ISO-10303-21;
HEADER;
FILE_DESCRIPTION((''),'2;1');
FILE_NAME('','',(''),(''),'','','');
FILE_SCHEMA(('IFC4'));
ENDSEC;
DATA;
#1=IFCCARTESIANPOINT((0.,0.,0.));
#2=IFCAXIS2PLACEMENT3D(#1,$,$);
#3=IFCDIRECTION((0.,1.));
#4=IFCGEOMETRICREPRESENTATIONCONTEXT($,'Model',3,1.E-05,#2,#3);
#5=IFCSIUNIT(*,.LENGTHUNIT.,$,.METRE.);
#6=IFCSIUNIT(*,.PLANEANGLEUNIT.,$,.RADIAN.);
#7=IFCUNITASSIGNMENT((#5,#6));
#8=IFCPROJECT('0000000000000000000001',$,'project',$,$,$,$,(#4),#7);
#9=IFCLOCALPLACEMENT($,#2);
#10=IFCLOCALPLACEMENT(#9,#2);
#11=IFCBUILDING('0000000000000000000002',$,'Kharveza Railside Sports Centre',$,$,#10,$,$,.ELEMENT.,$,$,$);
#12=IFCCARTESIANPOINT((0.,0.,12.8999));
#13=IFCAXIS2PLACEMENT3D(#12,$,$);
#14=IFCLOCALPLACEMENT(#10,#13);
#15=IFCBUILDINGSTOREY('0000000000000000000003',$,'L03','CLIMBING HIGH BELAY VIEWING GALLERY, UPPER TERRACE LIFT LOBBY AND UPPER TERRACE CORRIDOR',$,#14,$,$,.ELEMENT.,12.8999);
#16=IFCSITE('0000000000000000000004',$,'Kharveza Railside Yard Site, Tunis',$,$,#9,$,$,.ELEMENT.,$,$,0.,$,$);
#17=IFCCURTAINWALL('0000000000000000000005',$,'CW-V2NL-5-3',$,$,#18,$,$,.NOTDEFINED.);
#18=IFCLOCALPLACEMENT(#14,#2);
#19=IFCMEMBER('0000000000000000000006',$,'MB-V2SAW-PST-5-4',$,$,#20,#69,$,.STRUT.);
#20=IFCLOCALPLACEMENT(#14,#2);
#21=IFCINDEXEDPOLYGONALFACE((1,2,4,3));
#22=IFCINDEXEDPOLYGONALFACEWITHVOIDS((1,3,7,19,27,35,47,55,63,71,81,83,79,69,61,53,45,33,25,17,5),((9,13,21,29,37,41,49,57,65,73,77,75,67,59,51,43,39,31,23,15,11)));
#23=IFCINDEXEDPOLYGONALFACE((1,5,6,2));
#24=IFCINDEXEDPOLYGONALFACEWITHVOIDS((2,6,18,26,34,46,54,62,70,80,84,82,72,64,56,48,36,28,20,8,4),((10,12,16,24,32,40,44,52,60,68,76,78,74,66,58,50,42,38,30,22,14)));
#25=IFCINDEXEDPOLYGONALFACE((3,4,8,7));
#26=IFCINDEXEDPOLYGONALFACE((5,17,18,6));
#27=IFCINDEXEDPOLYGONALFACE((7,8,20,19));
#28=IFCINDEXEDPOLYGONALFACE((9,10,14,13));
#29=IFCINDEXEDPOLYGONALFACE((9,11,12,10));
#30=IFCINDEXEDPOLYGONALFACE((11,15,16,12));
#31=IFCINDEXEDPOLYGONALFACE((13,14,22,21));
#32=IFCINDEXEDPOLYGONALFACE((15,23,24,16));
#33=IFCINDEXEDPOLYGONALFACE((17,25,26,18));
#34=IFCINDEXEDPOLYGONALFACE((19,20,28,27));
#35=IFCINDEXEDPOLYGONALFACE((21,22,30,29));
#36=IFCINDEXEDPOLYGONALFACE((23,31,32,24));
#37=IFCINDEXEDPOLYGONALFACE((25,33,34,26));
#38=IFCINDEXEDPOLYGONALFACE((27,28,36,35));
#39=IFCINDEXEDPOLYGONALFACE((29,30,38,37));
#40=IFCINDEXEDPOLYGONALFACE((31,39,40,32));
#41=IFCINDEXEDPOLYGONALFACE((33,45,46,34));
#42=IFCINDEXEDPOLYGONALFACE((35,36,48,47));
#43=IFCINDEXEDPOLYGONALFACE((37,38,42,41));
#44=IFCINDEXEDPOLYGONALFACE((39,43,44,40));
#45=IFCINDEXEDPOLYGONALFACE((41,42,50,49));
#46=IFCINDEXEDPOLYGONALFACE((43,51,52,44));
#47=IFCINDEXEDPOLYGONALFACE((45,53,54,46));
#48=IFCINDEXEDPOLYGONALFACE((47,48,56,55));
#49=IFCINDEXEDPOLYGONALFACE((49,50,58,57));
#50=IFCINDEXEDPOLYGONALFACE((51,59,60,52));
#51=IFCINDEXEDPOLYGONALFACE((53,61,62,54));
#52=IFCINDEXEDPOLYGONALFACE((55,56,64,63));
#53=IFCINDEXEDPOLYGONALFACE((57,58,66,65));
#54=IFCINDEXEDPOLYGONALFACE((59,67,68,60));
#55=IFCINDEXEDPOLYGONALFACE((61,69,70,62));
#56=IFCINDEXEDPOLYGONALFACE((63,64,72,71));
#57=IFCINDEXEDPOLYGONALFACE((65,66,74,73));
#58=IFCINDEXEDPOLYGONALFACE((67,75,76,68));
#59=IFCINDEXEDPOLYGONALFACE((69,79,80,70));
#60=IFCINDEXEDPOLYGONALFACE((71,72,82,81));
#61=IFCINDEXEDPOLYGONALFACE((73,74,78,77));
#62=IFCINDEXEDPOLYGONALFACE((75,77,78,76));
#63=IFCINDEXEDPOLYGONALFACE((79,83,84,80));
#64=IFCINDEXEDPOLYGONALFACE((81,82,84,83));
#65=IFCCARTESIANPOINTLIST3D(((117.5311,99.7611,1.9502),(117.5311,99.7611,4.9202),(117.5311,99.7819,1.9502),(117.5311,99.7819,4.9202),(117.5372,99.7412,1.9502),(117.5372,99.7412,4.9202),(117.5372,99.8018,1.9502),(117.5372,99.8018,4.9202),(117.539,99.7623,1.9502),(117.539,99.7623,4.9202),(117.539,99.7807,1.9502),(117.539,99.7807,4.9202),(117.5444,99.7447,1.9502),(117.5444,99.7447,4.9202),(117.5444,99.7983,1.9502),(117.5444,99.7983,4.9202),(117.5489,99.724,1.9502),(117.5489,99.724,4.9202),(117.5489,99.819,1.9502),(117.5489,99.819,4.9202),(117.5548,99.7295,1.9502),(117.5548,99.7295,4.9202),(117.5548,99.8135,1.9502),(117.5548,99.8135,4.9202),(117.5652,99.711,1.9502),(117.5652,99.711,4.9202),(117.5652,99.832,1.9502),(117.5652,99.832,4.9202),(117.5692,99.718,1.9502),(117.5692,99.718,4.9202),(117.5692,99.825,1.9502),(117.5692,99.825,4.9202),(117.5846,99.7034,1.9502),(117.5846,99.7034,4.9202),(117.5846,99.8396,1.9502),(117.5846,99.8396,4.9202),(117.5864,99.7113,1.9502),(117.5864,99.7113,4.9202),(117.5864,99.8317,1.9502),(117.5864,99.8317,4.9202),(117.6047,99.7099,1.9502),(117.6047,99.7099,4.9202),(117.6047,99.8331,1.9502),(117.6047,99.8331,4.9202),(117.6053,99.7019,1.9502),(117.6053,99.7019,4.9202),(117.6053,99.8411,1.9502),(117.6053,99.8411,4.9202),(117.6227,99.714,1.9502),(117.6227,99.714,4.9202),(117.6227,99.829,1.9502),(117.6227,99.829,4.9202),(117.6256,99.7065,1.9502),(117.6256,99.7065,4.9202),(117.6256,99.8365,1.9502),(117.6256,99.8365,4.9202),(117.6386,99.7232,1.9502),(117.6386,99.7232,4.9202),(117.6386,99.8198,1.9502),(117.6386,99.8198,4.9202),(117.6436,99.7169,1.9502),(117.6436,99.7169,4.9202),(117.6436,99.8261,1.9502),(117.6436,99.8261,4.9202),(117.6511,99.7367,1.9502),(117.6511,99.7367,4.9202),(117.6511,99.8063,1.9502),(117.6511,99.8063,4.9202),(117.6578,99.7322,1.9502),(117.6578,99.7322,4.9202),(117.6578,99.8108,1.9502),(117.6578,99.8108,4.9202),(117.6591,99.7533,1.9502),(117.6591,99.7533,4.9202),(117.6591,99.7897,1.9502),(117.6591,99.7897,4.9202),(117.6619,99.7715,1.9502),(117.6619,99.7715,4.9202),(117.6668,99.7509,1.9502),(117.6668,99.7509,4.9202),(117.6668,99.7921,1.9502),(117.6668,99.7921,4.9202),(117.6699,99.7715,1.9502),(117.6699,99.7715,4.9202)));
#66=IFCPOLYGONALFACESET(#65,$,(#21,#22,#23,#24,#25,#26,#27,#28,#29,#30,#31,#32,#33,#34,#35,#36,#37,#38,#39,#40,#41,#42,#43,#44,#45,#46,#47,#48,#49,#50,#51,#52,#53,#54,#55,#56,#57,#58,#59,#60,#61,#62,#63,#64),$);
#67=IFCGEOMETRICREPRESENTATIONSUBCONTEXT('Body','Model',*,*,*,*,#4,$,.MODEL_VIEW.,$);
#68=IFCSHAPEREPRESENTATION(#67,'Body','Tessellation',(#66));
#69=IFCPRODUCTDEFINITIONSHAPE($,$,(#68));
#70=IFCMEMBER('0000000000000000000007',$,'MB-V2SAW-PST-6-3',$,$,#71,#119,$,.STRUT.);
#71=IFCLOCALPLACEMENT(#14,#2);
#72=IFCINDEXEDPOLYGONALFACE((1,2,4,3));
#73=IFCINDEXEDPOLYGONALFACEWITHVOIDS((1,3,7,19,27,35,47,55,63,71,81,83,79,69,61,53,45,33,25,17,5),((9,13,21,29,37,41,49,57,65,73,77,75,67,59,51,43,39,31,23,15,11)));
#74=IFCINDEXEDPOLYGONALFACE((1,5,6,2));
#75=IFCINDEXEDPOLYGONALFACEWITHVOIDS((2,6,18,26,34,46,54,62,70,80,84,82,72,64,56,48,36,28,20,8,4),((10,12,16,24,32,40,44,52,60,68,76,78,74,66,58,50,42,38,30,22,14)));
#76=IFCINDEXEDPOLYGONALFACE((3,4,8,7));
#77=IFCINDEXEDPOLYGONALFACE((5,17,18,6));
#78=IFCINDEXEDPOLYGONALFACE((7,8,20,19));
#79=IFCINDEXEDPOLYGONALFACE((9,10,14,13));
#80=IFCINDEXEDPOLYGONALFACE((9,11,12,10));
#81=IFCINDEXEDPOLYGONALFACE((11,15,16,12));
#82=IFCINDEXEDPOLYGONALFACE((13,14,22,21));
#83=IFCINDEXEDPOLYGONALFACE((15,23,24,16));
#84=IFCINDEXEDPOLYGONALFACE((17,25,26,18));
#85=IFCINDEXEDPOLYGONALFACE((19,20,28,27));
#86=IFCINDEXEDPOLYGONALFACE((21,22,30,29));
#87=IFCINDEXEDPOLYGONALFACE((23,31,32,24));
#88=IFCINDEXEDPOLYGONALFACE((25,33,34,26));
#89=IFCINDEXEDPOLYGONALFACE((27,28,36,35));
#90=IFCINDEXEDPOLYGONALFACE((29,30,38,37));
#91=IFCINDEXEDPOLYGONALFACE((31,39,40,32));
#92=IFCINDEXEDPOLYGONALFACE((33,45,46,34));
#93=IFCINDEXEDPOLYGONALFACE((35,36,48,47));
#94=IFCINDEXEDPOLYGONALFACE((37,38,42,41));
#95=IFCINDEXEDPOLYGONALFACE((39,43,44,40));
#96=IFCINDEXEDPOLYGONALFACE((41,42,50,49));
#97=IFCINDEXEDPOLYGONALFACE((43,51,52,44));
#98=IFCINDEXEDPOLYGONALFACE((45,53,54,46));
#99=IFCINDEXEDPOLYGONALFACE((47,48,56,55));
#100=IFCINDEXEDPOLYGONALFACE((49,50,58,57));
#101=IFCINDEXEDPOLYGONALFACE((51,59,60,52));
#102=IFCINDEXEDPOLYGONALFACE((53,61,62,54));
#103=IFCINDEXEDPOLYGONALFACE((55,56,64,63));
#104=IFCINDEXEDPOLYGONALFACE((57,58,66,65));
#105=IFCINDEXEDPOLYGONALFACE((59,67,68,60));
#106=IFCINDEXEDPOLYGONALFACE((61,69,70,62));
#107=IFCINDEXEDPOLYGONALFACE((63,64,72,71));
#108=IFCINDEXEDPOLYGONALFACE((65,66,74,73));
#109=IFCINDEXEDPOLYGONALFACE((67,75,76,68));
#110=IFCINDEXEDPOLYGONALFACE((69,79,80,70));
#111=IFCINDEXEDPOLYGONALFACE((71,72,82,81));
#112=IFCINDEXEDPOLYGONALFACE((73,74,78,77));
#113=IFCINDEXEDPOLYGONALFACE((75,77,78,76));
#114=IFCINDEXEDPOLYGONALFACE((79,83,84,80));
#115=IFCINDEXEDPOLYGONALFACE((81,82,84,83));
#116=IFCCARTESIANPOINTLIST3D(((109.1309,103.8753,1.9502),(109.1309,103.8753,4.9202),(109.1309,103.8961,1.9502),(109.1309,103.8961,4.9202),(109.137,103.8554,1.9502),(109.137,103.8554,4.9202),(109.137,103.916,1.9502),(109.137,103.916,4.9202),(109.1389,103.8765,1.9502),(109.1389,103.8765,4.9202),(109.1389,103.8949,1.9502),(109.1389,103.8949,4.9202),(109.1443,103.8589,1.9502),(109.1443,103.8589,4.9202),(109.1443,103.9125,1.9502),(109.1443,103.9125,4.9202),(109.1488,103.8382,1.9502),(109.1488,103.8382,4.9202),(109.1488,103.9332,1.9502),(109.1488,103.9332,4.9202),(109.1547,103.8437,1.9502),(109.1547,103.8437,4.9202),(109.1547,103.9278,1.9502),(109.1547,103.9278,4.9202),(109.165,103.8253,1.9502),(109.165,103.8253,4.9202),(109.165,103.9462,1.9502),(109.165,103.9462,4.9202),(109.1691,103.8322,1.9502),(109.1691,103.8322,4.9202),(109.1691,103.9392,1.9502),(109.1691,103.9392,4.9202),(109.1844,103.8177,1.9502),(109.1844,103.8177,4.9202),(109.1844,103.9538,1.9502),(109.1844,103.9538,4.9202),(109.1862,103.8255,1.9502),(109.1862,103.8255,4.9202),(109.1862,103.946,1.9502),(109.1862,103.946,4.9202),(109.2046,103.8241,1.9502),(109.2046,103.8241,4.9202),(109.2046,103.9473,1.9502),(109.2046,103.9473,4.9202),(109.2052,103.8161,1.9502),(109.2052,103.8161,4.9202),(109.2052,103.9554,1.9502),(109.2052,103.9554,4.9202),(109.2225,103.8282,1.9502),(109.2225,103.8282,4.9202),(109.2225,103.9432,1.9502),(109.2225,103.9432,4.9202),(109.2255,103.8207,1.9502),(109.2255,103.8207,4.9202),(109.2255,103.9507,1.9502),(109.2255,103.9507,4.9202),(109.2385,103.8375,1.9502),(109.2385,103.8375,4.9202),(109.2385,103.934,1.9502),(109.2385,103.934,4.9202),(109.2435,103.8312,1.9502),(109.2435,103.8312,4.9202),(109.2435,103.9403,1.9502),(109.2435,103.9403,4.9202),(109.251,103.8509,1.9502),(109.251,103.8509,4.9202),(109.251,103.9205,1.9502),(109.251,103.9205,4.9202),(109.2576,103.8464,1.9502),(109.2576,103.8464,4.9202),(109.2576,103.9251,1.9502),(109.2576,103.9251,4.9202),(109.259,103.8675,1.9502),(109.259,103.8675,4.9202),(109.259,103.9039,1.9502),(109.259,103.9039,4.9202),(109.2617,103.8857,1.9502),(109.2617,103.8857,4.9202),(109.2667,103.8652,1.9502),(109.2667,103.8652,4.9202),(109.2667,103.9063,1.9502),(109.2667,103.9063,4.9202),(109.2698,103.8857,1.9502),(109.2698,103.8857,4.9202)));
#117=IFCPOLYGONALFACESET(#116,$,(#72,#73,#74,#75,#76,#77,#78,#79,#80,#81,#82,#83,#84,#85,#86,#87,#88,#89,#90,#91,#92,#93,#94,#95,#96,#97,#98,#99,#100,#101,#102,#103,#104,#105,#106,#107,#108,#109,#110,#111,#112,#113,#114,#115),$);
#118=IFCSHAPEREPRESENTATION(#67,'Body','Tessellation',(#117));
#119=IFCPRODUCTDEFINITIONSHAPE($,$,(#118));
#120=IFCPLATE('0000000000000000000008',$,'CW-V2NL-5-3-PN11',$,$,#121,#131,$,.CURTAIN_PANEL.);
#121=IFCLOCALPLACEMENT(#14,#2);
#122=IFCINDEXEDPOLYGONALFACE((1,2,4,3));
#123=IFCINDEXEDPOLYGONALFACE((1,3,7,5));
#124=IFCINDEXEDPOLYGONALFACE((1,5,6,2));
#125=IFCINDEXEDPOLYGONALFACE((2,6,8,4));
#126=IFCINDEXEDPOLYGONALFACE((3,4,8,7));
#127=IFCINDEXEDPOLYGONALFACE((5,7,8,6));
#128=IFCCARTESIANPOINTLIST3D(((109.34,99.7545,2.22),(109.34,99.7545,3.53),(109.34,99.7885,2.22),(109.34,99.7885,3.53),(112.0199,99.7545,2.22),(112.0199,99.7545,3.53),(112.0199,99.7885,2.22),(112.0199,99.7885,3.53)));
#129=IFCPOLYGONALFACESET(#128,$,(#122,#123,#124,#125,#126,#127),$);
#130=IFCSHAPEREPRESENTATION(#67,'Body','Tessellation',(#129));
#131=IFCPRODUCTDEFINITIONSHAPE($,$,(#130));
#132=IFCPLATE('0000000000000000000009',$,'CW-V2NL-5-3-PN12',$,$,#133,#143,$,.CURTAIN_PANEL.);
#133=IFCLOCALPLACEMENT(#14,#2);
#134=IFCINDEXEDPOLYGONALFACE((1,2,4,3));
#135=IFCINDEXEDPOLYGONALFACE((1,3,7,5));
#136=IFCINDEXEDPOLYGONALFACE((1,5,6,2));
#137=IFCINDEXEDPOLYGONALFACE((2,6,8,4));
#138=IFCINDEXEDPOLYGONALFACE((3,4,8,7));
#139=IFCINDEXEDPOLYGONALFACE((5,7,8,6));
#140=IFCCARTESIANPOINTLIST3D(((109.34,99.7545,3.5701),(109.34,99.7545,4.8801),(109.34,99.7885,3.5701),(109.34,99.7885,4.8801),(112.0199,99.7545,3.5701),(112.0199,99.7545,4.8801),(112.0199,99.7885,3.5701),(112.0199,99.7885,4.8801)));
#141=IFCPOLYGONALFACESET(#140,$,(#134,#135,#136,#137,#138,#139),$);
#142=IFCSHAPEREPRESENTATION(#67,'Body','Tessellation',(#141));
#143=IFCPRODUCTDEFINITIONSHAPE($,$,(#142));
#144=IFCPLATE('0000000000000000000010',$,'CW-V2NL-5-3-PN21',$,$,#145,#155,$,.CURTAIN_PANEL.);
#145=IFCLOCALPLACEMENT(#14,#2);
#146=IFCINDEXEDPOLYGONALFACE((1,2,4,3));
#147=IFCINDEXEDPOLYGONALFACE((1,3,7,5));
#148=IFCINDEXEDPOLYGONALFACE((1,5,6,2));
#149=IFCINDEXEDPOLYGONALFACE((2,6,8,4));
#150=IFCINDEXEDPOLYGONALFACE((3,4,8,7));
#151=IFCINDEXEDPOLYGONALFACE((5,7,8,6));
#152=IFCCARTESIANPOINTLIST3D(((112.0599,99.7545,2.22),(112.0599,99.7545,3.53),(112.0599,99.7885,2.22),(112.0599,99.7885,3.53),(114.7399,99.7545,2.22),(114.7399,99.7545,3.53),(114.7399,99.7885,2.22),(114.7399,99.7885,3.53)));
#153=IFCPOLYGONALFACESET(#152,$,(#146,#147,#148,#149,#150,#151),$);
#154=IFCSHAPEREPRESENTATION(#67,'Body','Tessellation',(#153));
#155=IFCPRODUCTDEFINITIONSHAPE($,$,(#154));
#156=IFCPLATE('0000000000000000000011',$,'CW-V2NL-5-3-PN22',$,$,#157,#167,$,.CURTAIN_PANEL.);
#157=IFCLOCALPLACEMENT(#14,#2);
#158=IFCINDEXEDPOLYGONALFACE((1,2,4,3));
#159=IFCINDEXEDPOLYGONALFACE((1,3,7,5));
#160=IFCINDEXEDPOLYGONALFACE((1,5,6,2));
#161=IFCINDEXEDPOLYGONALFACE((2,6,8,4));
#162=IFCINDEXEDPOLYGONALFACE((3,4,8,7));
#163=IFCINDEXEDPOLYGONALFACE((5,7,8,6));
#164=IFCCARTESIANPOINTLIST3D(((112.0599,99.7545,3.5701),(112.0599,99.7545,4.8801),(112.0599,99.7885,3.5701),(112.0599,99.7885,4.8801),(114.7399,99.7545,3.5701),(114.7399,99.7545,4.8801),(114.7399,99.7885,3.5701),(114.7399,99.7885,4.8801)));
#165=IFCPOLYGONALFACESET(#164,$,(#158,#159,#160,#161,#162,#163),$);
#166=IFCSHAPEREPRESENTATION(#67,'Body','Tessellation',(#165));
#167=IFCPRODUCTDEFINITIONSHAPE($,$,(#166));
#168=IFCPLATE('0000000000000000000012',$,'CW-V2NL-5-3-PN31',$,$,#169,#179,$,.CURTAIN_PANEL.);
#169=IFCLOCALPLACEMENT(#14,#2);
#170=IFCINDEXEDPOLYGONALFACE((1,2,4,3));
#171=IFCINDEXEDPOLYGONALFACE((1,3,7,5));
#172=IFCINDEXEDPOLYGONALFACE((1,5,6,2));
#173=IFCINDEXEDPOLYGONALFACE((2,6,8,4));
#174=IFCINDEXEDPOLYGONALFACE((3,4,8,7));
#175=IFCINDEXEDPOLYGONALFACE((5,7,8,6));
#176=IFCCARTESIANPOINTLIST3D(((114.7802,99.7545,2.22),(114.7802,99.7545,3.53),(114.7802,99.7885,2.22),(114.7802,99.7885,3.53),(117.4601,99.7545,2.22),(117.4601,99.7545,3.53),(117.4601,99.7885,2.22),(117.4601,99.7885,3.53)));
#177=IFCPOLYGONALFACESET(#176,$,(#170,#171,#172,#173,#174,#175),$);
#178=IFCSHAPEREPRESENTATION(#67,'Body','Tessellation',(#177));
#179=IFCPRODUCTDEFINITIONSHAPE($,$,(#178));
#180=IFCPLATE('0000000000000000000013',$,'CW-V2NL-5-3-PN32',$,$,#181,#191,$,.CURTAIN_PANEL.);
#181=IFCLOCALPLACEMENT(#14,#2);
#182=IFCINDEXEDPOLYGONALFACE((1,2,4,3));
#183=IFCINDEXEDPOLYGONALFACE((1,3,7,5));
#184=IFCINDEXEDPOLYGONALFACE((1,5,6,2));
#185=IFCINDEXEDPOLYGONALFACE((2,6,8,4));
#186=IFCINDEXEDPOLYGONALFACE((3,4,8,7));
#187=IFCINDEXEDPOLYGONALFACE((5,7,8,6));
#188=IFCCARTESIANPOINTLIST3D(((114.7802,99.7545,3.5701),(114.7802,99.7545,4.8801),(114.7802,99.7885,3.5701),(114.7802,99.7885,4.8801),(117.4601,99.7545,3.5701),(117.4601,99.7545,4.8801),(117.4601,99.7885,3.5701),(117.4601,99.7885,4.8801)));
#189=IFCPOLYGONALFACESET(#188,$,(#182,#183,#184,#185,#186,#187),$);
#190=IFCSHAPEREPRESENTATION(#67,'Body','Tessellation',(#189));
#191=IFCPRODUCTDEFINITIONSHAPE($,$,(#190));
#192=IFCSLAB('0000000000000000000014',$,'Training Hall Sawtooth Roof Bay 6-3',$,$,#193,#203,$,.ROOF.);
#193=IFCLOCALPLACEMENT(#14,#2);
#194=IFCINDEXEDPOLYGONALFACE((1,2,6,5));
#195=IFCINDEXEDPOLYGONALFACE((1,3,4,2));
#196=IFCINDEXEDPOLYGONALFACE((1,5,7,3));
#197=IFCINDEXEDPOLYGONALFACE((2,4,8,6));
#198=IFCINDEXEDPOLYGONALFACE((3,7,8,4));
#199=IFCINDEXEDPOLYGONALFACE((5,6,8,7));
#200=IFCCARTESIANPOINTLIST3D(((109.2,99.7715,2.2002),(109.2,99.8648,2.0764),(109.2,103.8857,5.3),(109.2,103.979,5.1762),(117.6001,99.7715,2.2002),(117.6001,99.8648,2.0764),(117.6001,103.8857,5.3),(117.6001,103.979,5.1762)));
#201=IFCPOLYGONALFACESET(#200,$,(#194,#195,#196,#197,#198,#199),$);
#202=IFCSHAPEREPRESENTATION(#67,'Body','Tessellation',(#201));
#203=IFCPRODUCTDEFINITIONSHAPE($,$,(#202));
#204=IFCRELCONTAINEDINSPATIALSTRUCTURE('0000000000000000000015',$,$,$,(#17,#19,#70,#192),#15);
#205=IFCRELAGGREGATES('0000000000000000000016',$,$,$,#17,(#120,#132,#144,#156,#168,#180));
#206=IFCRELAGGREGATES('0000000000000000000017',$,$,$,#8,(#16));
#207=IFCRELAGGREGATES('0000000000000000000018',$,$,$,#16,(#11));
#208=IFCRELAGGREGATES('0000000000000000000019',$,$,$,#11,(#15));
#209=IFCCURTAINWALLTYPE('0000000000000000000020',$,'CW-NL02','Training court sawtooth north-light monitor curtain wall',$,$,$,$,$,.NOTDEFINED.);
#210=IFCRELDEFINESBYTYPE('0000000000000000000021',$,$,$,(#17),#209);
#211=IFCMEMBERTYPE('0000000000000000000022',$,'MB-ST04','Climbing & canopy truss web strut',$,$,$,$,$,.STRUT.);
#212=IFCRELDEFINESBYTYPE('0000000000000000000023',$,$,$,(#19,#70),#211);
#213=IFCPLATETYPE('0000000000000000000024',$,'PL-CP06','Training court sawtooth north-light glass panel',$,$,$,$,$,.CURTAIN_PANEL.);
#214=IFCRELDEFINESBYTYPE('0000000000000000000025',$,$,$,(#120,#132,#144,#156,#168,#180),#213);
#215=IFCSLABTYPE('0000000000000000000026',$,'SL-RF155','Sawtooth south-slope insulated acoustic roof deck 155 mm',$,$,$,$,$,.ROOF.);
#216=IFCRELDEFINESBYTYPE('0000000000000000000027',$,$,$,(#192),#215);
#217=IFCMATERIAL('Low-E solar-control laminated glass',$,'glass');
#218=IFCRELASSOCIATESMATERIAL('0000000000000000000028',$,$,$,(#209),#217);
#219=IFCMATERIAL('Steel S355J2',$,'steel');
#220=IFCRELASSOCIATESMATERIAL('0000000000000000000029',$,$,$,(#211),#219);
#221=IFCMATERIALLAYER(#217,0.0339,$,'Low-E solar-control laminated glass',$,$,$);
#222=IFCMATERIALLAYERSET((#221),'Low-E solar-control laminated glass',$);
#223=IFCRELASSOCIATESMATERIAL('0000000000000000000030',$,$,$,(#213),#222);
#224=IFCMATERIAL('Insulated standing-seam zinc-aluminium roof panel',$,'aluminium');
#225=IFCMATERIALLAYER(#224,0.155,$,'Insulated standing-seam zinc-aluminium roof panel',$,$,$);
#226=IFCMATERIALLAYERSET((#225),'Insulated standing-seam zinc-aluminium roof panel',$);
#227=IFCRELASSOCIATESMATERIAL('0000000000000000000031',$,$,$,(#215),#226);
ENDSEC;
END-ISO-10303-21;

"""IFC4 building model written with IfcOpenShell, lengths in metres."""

from ifc_helpers import new_model, si_unit, direction, frame, origin, origin_2d, place, context, subcontext, project, spatial, polyline, rectangle, hollow_circle, outline, extrude, material, layer, layer_set, material_profile, profile_set, type_object, element, aggregate, save


model = new_model("IFC4")

# Units and contexts
model_context = context("Model", 3, precision=1e-05, world=origin(), true_north=direction((0.0, 1.0)))
body_context = subcontext(model_context, "Body", "Model", "MODEL_VIEW")
ifc_project = project(units=[si_unit("LENGTHUNIT", "METRE"), si_unit("PLANEANGLEUNIT", "RADIAN")], contexts=[model_context])

# Site, building, storey
site_placement = place(None, origin())
site = spatial("IfcSite", under=ifc_project, at=site_placement, Name="Kharveza Railside Yard Site, Tunis", CompositionType="ELEMENT", RefElevation=0.0)
building_placement = place(site_placement, origin())
building = spatial("IfcBuilding", under=site, at=building_placement, Name="Kharveza Railside Sports Centre", CompositionType="ELEMENT")
storey_placement = place(building_placement, frame((0.0, 0.0, 12.8999)))
storey = spatial("IfcBuildingStorey", under=building, at=storey_placement, Name="L03", Description="CLIMBING HIGH BELAY VIEWING GALLERY, UPPER TERRACE LIFT LOBBY AND UPPER TERRACE CORRIDOR", CompositionType="ELEMENT", Elevation=12.8999)

# Shared definitions
ifc_material_1 = material(Name="Steel S355J2", Category="steel")

# Curtain wall
ifc_material_2 = material(Name="Low-E solar-control laminated glass", Category="glass")
curtain_wall_type = type_object("IfcCurtainWallType", Name="CW-NL02", Description="Training court sawtooth north-light monitor curtain wall", PredefinedType="NOTDEFINED", material=ifc_material_2)
curtain_wall_placement = place(storey_placement, origin())
curtain_wall = element("IfcCurtainWall", 1, at=curtain_wall_placement, inside=storey, type_object=curtain_wall_type, Name="CW-V2NL-5-3", PredefinedType="NOTDEFINED")

# Members
ifc_material_profile_1 = material_profile(ifc_material_1, hollow_circle(Radius=0.0698, WallThickness=0.0081, at=origin_2d()), Name="CHS 139.7x8.0")
ifc_profile_set_1 = profile_set([ifc_material_profile_1], Name="Steel S355J2")
member_type_1 = type_object("IfcMemberType", Name="MB-ST04", Description="Climbing & canopy truss web strut", PredefinedType="STRUT", material=ifc_profile_set_1)
for number, where, z_axis, x_axis, name in (
    (2, (117.6001, 99.7715, 1.9502), (0.0, 0.0, 1.0), (1.0, 0.0, 0.0), "MB-V2SAW-PST-5-4"),
    (3, (109.2, 103.8857, 1.9502), (0.0, 0.0, 1.0), (1.0, 0.0, 0.0), "MB-V2SAW-PST-6-3"),
):
    element("IfcMember", number, at=place(storey_placement, frame(where, z_axis=z_axis, x_axis=x_axis)), inside=storey, type_object=member_type_1, Name=name, PredefinedType="STRUT", context=body_context, shape_type="SweptSolid", body=[
        extrude(hollow_circle(Radius=0.0698, WallThickness=0.0081, at=origin_2d()), origin(), (0.0, 0.0, 1.0), 2.97),
    ])

# Plates
ifc_layer_1 = layer(ifc_material_2, 0.0339, Name="Low-E solar-control laminated glass")
ifc_layer_set_1 = layer_set([ifc_layer_1], Name="Low-E solar-control laminated glass")
plate_type = type_object("IfcPlateType", Name="PL-CP06", Description="Training court sawtooth north-light glass panel", PredefinedType="CURTAIN_PANEL", material=ifc_layer_set_1)
plate_1_placement = place(storey_placement, frame((110.6799, 99.7715, 2.22), z_axis=(0.0, 0.0, 1.0), x_axis=(1.0, 0.0, 0.0)))
plate_1 = element("IfcPlate", 4, at=plate_1_placement, type_object=plate_type, Name="CW-V2NL-5-3-PN11", PredefinedType="CURTAIN_PANEL", context=body_context, shape_type="SweptSolid", body=[
    extrude(rectangle(XDim=2.6799, YDim=0.0339, at=origin_2d()), origin(), (0.0, 0.0, 1.0), 1.3101),
])
plate_2_placement = place(storey_placement, frame((110.6799, 99.7715, 3.5701), z_axis=(0.0, 0.0, 1.0), x_axis=(1.0, 0.0, 0.0)))
plate_2 = element("IfcPlate", 5, at=plate_2_placement, type_object=plate_type, Name="CW-V2NL-5-3-PN12", PredefinedType="CURTAIN_PANEL", context=body_context, shape_type="SweptSolid", body=[
    extrude(rectangle(XDim=2.6799, YDim=0.0339, at=origin_2d()), origin(), (0.0, 0.0, 1.0), 1.3101),
])
plate_3_placement = place(storey_placement, frame((113.3999, 99.7715, 2.22), z_axis=(0.0, 0.0, 1.0), x_axis=(1.0, 0.0, 0.0)))
plate_3 = element("IfcPlate", 6, at=plate_3_placement, type_object=plate_type, Name="CW-V2NL-5-3-PN21", PredefinedType="CURTAIN_PANEL", context=body_context, shape_type="SweptSolid", body=[
    extrude(rectangle(XDim=2.6799, YDim=0.0339, at=origin_2d()), origin(), (0.0, 0.0, 1.0), 1.3101),
])
plate_4_placement = place(storey_placement, frame((113.3999, 99.7715, 3.5701), z_axis=(0.0, 0.0, 1.0), x_axis=(1.0, 0.0, 0.0)))
plate_4 = element("IfcPlate", 7, at=plate_4_placement, type_object=plate_type, Name="CW-V2NL-5-3-PN22", PredefinedType="CURTAIN_PANEL", context=body_context, shape_type="SweptSolid", body=[
    extrude(rectangle(XDim=2.6799, YDim=0.0339, at=origin_2d()), origin(), (0.0, 0.0, 1.0), 1.3101),
])
plate_5_placement = place(storey_placement, frame((116.1201, 99.7715, 2.22), z_axis=(0.0, 0.0, 1.0), x_axis=(1.0, 0.0, 0.0)))
plate_5 = element("IfcPlate", 8, at=plate_5_placement, type_object=plate_type, Name="CW-V2NL-5-3-PN31", PredefinedType="CURTAIN_PANEL", context=body_context, shape_type="SweptSolid", body=[
    extrude(rectangle(XDim=2.6799, YDim=0.0339, at=origin_2d()), origin(), (0.0, 0.0, 1.0), 1.3101),
])
plate_6_placement = place(storey_placement, frame((116.1201, 99.7715, 3.5701), z_axis=(0.0, 0.0, 1.0), x_axis=(1.0, 0.0, 0.0)))
plate_6 = element("IfcPlate", 9, at=plate_6_placement, type_object=plate_type, Name="CW-V2NL-5-3-PN32", PredefinedType="CURTAIN_PANEL", context=body_context, shape_type="SweptSolid", body=[
    extrude(rectangle(XDim=2.6799, YDim=0.0339, at=origin_2d()), origin(), (0.0, 0.0, 1.0), 1.3101),
])
aggregate(curtain_wall, [plate_1, plate_2, plate_3, plate_4, plate_5, plate_6])

# Slab
ifc_material_3 = material(Name="Insulated standing-seam zinc-aluminium roof panel", Category="aluminium")
ifc_layer_2 = layer(ifc_material_3, 0.155, Name="Insulated standing-seam zinc-aluminium roof panel")
ifc_layer_set_2 = layer_set([ifc_layer_2], Name="Insulated standing-seam zinc-aluminium roof panel")
slab_type = type_object("IfcSlabType", Name="SL-RF155", Description="Sawtooth south-slope insulated acoustic roof deck 155 mm", PredefinedType="ROOF", material=ifc_layer_set_2)
slab_1_placement = place(storey_placement, frame((109.2, 99.7715, 2.2002), z_axis=(0.0, -0.601758, 0.798679), x_axis=(1.0, 0.0, 0.0)))
element("IfcSlab", 10, at=slab_1_placement, inside=storey, type_object=slab_type, Name="Training Hall Sawtooth Roof Bay 6-3", PredefinedType="ROOF", context=body_context, shape_type="SweptSolid", body=[
    extrude(outline(polyline([(0.0, 0.0), (8.4001, 0.0), (8.4001, 5.1513), (0.0, 5.1513), (0.0, 0.0)])), origin(), (0.0, 0.0, -1.0), 0.155),
])

save(model, "model.ifc")
